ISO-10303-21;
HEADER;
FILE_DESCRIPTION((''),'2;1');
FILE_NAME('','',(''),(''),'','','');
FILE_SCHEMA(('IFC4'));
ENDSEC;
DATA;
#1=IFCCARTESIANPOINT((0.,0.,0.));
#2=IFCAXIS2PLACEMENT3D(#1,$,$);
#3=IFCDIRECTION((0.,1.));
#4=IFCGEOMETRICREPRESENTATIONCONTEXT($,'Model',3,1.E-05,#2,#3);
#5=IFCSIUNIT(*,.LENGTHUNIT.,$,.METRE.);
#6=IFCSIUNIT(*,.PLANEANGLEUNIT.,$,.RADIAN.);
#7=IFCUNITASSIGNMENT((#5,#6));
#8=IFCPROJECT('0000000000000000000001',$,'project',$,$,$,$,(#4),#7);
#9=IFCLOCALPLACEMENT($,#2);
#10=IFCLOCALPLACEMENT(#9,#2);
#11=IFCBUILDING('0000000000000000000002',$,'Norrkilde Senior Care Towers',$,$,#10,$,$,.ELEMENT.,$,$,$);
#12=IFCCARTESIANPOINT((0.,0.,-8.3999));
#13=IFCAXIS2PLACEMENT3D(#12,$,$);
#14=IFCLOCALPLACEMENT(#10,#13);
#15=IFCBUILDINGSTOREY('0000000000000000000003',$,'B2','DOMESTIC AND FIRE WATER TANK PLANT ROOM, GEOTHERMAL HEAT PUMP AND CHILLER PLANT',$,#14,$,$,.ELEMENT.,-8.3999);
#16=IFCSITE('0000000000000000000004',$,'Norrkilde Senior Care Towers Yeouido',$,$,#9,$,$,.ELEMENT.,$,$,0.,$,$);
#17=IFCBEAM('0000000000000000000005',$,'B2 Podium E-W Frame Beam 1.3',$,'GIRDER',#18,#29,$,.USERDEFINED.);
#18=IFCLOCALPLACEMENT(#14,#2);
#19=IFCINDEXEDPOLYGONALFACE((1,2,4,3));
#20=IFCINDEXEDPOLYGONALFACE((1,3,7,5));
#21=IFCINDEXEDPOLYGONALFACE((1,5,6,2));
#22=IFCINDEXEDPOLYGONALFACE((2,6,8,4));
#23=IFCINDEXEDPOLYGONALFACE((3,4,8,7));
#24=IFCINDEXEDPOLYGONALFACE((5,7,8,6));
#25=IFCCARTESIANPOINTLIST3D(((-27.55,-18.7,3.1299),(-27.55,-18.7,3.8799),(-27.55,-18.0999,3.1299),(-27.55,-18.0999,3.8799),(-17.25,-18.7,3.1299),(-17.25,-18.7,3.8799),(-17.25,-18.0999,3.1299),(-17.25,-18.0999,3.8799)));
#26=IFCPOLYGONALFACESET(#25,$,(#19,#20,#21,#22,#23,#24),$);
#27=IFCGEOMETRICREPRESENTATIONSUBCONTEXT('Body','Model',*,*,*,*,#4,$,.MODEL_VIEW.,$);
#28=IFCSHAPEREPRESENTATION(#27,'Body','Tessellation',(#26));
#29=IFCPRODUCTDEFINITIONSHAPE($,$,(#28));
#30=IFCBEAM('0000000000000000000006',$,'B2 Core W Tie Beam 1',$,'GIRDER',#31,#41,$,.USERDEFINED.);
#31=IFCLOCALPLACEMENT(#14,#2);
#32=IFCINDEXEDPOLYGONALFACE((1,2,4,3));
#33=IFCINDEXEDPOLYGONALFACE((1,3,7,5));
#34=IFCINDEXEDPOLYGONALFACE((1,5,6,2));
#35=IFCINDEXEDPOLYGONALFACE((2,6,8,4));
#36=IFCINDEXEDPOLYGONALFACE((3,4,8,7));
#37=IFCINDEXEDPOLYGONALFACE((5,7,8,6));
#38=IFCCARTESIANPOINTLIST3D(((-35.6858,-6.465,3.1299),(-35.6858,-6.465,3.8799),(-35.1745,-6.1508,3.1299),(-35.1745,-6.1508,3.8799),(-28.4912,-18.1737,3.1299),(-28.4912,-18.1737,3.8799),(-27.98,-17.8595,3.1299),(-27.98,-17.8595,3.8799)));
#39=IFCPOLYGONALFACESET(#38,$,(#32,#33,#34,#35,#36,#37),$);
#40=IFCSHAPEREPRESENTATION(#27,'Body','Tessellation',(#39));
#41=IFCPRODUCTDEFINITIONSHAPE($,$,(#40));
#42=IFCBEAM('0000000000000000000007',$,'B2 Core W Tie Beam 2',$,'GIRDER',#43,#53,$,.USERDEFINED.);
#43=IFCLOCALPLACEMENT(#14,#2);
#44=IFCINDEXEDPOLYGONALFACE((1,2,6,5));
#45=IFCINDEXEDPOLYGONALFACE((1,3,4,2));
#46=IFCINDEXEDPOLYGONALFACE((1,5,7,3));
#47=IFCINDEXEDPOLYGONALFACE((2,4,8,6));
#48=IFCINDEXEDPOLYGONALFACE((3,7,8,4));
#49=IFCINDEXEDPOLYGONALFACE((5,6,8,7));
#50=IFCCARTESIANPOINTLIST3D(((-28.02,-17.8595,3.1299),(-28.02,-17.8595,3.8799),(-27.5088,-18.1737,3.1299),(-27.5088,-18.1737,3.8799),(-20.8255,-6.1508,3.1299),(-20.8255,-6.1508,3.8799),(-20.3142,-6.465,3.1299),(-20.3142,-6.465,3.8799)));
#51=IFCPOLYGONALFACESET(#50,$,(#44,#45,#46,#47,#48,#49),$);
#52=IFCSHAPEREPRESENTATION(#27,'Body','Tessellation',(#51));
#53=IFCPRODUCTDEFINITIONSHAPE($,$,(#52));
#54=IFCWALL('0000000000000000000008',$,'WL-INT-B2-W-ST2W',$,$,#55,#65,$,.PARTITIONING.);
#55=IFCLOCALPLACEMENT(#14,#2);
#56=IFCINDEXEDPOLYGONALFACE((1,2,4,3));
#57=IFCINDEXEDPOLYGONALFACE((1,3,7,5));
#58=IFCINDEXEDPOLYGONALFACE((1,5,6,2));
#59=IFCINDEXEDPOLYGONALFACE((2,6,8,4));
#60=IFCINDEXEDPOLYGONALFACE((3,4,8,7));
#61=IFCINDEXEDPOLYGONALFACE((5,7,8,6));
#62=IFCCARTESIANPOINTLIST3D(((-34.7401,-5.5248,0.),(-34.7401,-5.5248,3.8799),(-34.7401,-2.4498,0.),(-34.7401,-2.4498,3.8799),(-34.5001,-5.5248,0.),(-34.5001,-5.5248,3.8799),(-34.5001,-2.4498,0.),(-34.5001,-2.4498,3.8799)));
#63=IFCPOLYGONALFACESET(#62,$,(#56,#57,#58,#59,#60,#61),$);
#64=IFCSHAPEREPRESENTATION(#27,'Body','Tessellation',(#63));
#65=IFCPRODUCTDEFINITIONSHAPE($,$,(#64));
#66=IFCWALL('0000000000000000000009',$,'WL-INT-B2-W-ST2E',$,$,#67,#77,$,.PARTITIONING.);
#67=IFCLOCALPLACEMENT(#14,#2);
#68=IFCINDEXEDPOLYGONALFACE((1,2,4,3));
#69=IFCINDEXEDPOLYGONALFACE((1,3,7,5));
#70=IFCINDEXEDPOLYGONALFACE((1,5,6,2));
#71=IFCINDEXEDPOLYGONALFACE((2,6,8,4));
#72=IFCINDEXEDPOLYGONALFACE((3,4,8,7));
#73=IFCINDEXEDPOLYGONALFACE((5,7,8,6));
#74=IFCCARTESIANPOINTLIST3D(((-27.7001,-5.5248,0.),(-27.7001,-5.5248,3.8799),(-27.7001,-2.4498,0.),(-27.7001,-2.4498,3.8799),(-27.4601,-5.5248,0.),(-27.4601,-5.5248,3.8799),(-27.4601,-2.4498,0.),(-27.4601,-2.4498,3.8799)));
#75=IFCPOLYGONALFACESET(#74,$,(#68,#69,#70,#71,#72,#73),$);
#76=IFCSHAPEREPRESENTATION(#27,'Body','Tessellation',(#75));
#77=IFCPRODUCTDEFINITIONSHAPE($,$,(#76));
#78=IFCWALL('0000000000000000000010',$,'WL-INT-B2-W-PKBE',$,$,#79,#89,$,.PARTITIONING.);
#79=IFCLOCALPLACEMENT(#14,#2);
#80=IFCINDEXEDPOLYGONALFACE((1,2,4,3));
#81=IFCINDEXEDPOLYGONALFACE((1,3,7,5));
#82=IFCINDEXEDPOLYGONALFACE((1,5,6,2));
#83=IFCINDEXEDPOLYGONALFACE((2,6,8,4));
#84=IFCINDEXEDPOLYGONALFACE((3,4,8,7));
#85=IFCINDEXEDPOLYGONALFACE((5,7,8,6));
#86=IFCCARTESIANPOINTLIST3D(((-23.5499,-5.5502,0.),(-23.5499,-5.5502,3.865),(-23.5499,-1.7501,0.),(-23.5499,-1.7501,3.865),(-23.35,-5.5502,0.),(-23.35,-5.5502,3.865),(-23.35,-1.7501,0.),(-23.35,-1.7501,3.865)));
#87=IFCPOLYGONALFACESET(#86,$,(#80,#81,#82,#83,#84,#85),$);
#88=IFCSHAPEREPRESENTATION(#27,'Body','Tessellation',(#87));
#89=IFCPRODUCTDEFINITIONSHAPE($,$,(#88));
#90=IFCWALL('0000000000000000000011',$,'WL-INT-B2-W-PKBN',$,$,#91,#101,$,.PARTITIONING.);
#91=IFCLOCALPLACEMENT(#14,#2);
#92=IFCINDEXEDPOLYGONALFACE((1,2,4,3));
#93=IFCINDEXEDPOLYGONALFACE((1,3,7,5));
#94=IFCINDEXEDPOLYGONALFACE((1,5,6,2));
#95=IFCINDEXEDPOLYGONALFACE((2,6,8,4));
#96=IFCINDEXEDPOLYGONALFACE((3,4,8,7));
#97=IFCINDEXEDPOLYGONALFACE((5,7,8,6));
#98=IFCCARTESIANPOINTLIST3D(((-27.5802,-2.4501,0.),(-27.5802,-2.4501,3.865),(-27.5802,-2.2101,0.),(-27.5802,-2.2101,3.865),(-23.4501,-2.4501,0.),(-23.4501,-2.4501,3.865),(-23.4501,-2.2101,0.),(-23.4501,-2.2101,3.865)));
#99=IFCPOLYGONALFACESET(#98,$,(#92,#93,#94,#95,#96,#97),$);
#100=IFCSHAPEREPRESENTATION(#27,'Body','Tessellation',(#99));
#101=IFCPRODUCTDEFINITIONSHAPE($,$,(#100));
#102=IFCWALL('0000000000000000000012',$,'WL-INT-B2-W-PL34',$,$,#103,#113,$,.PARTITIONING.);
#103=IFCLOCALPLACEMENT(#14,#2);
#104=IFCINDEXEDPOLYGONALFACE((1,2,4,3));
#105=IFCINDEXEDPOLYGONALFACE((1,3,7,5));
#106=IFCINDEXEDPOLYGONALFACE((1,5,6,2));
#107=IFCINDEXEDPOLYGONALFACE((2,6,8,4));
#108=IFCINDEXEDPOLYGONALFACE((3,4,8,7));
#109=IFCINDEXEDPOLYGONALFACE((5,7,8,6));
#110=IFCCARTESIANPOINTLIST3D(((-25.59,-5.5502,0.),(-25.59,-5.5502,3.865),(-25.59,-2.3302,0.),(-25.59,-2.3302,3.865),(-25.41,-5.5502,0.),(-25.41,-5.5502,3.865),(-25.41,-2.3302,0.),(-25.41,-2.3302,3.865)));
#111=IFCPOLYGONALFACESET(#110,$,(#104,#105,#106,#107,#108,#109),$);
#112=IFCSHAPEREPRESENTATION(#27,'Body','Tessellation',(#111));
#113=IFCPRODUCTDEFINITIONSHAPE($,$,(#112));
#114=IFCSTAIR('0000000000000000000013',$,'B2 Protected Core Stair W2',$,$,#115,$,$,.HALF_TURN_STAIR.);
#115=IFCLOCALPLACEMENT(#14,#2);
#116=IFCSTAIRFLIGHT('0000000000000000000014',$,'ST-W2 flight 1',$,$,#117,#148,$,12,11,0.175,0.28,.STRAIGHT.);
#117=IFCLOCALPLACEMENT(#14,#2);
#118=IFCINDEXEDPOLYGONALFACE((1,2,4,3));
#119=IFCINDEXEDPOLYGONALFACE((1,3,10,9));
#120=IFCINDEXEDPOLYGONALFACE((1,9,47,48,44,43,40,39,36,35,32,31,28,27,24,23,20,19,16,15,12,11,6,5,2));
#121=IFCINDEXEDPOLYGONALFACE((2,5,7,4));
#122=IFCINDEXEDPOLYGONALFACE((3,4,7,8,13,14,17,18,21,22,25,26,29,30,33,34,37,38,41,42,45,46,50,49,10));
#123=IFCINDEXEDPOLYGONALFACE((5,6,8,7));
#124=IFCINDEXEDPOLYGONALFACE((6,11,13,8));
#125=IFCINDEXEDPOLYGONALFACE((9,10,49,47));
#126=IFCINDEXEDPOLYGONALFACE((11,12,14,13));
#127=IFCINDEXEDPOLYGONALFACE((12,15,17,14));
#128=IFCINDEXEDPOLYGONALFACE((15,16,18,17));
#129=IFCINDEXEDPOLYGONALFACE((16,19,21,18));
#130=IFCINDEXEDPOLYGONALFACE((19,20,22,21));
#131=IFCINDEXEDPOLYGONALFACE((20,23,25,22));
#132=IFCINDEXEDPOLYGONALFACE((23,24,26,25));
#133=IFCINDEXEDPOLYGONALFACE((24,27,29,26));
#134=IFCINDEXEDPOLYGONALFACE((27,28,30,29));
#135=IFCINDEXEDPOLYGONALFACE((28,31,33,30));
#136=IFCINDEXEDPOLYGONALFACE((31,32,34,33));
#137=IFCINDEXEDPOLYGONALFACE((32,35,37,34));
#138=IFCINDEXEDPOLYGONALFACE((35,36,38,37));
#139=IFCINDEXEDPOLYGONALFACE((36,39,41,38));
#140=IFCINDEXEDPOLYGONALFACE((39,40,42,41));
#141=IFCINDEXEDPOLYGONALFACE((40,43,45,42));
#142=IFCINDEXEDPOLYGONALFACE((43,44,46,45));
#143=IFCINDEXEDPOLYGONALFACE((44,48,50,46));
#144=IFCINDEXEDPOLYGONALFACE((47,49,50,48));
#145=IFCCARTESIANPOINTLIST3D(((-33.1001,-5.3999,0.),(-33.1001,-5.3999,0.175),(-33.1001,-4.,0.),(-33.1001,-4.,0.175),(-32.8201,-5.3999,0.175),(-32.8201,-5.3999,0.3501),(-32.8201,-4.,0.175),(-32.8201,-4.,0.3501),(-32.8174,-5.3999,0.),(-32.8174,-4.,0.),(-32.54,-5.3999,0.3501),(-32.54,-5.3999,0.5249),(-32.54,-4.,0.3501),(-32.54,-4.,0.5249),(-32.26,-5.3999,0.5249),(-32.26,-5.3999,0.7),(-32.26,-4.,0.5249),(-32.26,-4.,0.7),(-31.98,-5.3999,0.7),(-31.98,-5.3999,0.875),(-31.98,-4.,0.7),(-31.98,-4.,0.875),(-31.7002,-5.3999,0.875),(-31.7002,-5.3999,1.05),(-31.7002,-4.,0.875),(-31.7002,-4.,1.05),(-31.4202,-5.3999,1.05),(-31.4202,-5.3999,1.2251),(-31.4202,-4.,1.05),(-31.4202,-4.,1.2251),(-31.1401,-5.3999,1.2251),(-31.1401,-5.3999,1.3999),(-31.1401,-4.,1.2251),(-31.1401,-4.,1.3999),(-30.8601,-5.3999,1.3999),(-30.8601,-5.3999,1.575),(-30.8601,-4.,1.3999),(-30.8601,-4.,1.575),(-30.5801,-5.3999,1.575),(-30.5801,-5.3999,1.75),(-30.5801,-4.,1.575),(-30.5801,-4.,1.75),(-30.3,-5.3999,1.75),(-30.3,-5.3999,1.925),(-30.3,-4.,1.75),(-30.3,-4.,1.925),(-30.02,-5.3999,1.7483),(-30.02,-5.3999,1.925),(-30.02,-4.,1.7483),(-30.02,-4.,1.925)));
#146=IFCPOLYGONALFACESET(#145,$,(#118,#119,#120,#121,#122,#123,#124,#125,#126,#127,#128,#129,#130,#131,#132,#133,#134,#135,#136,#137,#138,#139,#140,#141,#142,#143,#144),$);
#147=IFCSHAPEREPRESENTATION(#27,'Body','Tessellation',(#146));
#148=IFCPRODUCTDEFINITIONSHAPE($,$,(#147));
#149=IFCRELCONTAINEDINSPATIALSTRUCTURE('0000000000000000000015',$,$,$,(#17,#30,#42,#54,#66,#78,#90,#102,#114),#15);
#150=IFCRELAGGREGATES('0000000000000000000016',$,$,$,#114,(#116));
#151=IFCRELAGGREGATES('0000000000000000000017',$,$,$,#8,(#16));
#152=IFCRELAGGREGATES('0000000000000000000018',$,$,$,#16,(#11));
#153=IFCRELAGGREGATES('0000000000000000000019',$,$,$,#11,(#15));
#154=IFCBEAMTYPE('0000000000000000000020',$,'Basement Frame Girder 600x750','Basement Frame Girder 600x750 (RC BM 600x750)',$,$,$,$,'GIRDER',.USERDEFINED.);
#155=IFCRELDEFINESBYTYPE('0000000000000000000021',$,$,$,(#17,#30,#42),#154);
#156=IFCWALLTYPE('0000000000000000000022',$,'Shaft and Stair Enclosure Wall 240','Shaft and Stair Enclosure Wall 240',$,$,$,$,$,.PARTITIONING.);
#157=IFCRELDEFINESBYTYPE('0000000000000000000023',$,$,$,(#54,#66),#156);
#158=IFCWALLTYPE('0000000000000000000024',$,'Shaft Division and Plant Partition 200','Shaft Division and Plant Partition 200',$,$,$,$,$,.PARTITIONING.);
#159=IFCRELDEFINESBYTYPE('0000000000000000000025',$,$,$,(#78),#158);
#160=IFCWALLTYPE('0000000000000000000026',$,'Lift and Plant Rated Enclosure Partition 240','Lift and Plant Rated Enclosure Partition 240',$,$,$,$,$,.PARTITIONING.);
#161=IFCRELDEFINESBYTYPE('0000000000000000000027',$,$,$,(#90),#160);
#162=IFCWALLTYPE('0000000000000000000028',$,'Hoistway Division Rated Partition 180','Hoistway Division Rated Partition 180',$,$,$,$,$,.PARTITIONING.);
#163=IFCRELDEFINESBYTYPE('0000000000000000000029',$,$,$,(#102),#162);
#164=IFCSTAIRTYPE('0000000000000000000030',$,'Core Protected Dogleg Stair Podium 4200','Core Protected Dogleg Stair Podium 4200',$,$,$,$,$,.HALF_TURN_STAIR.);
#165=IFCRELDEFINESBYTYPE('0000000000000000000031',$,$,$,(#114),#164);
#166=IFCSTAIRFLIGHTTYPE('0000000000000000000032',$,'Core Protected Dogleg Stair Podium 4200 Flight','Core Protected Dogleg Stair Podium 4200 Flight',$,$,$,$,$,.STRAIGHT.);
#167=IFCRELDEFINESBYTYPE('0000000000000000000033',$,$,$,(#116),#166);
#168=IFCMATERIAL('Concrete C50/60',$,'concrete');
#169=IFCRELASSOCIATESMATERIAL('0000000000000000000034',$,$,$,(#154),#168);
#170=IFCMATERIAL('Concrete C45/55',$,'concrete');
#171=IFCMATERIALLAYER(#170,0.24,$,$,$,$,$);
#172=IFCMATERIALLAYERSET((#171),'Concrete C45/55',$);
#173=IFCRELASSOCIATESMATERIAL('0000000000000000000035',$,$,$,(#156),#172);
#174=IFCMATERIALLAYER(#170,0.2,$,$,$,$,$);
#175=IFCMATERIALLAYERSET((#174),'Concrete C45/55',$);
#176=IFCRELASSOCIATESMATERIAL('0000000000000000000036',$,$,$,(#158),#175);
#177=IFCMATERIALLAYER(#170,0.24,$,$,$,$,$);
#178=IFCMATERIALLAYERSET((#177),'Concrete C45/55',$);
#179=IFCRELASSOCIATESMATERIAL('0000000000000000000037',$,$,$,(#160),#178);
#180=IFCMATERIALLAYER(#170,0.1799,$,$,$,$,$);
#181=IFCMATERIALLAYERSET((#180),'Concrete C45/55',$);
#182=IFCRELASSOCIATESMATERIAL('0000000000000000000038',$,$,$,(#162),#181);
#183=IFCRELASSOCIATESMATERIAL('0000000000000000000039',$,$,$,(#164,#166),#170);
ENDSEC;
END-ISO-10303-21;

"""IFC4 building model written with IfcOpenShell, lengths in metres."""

from ifc_helpers import new_model, si_unit, direction, frame, frame_2d, origin, origin_2d, place, context, subcontext, project, spatial, polyline, rectangle, outline, extrude, source, transform, mapped, material, layer, layer_set, material_profile, profile_set, type_object, type_shapes, element, aggregate, save


model = new_model("IFC4")

# Units and contexts
model_context = context("Model", 3, precision=1e-05, world=origin(), true_north=direction((0.0, 1.0)))
body_context = subcontext(model_context, "Body", "Model", "MODEL_VIEW")
ifc_project = project(units=[si_unit("LENGTHUNIT", "METRE"), si_unit("PLANEANGLEUNIT", "RADIAN")], contexts=[model_context])

# Site, building, storey
site_placement = place(None, origin())
site = spatial("IfcSite", under=ifc_project, at=site_placement, Name="Norrkilde Senior Care Towers Yeouido", CompositionType="ELEMENT", RefElevation=0.0)
building_placement = place(site_placement, origin())
building = spatial("IfcBuilding", under=site, at=building_placement, Name="Norrkilde Senior Care Towers", CompositionType="ELEMENT")
storey_placement = place(building_placement, frame((0.0, 0.0, -8.3999)))
storey = spatial("IfcBuildingStorey", under=building, at=storey_placement, Name="B2", Description="DOMESTIC AND FIRE WATER TANK PLANT ROOM, GEOTHERMAL HEAT PUMP AND CHILLER PLANT", CompositionType="ELEMENT", Elevation=-8.3999)

# Shared definitions
ifc_material_1 = material(Name="Concrete C45/55", Category="concrete")

# Beams
ifc_material_2 = material(Name="Concrete C50/60", Category="concrete")
ifc_material_profile_1 = material_profile(ifc_material_2, rectangle(XDim=0.6001, YDim=0.75, at=origin_2d()), Name="RC BM 600x750")
ifc_profile_set_1 = profile_set([ifc_material_profile_1], Name="Concrete C50/60")
beam_type = type_object("IfcBeamType", Name="Basement Frame Girder 600x750", Description="Basement Frame Girder 600x750 (RC BM 600x750)", ElementType="GIRDER", PredefinedType="USERDEFINED", material=ifc_profile_set_1)
shared_shape_1 = source(origin(), body_context, "Body", "SweptSolid", [
    extrude(rectangle(XDim=0.6001, YDim=0.75, at=origin_2d()), origin(), (0.0, 0.0, 1.0), 10.3),
])
beam_placement = place(storey_placement, frame((-27.55, -18.3999, 3.5049), z_axis=(1.0, 0.0, 0.0), x_axis=(0.0, 1.0, 0.0)))
element("IfcBeam", 1, at=beam_placement, inside=storey, type_object=beam_type, Name="B2 Podium E-W Frame Beam 1.3", ObjectType="GIRDER", PredefinedType="USERDEFINED", context=body_context, shape_type="MappedRepresentation", body=[
    mapped(shared_shape_1, transform((0.0, 0.0, 0.0), x_axis=(1.0, 0.0, 0.0), y_axis=(0.0, 1.0, 0.0), z_axis=(0.0, 0.0, 1.0), scale=1.0)),
])
shared_shape_2 = source(origin(), body_context, "Body", "SweptSolid", [
    extrude(rectangle(XDim=0.6001, YDim=0.75, at=origin_2d()), origin(), (0.0, 0.0, 1.0), 13.7424),
])
type_shapes(beam_type, [shared_shape_1, shared_shape_2])
for number, where, z_axis, x_axis, name in (
    (2, (-28.2356, -18.0166, 3.5049), (-0.523527, 0.852009, 0.0), (-0.852009, -0.523527, 0.0), "B2 Core W Tie Beam 1"),
    (3, (-27.7644, -18.0166, 3.5049), (0.523527, 0.852009, 0.0), (-0.852009, 0.523527, 0.0), "B2 Core W Tie Beam 2"),
):
    element("IfcBeam", number, at=place(storey_placement, frame(where, z_axis=z_axis, x_axis=x_axis)), inside=storey, type_object=beam_type, Name=name, ObjectType="GIRDER", PredefinedType="USERDEFINED", context=body_context, shape_type="MappedRepresentation", body=[
        mapped(shared_shape_2, transform((0.0, 0.0, 0.0), x_axis=(1.0, 0.0, 0.0), y_axis=(0.0, 1.0, 0.0), z_axis=(0.0, 0.0, 1.0), scale=1.0)),
    ])

# Walls
ifc_layer_1 = layer(ifc_material_1, 0.24)
ifc_layer_set_1 = layer_set([ifc_layer_1], Name="Concrete C45/55")
wall_type_1 = type_object("IfcWallType", Name="Shaft and Stair Enclosure Wall 240", Description="Shaft and Stair Enclosure Wall 240", PredefinedType="PARTITIONING", material=ifc_layer_set_1)
shared_shape_3 = source(origin(), body_context, "Body", "SweptSolid", [
    extrude(rectangle(XDim=3.075, YDim=0.24, at=frame_2d((1.5376, 0.0))), origin(), (0.0, 0.0, 1.0), 3.8799),
])
type_shapes(wall_type_1, [shared_shape_3])
for number, where, z_axis, x_axis, name in (
    (4, (-34.6201, -5.5249, 0.0), (0.0, 0.0, 1.0), (0.0, 1.0, 0.0), "WL-INT-B2-W-ST2W"),
    (5, (-27.5801, -5.5249, 0.0), (0.0, 0.0, 1.0), (0.0, 1.0, 0.0), "WL-INT-B2-W-ST2E"),
):
    element("IfcWall", number, at=place(storey_placement, frame(where, z_axis=z_axis, x_axis=x_axis)), inside=storey, type_object=wall_type_1, Name=name, PredefinedType="PARTITIONING", context=body_context, shape_type="MappedRepresentation", body=[
        mapped(shared_shape_3, transform((0.0, 0.0, 0.0), x_axis=(1.0, 0.0, 0.0), y_axis=(0.0, 1.0, 0.0), z_axis=(0.0, 0.0, 1.0), scale=1.0)),
    ])
ifc_layer_2 = layer(ifc_material_1, 0.2)
ifc_layer_set_2 = layer_set([ifc_layer_2], Name="Concrete C45/55")
wall_type_2 = type_object("IfcWallType", Name="Shaft Division and Plant Partition 200", Description="Shaft Division and Plant Partition 200", PredefinedType="PARTITIONING", material=ifc_layer_set_2)
shared_shape_4 = source(origin(), body_context, "Body", "SweptSolid", [
    extrude(rectangle(XDim=3.8, YDim=0.2, at=frame_2d((1.8999, 0.0))), origin(), (0.0, 0.0, 1.0), 3.865),
])
type_shapes(wall_type_2, [shared_shape_4])
wall_1_placement = place(storey_placement, frame((-23.45, -5.55, 0.0), z_axis=(0.0, 0.0, 1.0), x_axis=(0.0, 1.0, 0.0)))
element("IfcWall", 6, at=wall_1_placement, inside=storey, type_object=wall_type_2, Name="WL-INT-B2-W-PKBE", PredefinedType="PARTITIONING", context=body_context, shape_type="MappedRepresentation", body=[
    mapped(shared_shape_4, transform((0.0, 0.0, 0.0), x_axis=(1.0, 0.0, 0.0), y_axis=(0.0, 1.0, 0.0), z_axis=(0.0, 0.0, 1.0), scale=1.0)),
])
ifc_layer_3 = layer(ifc_material_1, 0.24)
ifc_layer_set_3 = layer_set([ifc_layer_3], Name="Concrete C45/55")
wall_type_3 = type_object("IfcWallType", Name="Lift and Plant Rated Enclosure Partition 240", Description="Lift and Plant Rated Enclosure Partition 240", PredefinedType="PARTITIONING", material=ifc_layer_set_3)
shared_shape_5 = source(origin(), body_context, "Body", "SweptSolid", [
    extrude(rectangle(XDim=4.1301, YDim=0.24, at=frame_2d((2.0649, 0.0))), origin(), (0.0, 0.0, 1.0), 3.865),
])
type_shapes(wall_type_3, [shared_shape_5])
wall_2_placement = place(storey_placement, frame((-27.5801, -2.3301, 0.0), z_axis=(0.0, 0.0, 1.0), x_axis=(1.0, 0.0, 0.0)))
element("IfcWall", 7, at=wall_2_placement, inside=storey, type_object=wall_type_3, Name="WL-INT-B2-W-PKBN", PredefinedType="PARTITIONING", context=body_context, shape_type="MappedRepresentation", body=[
    mapped(shared_shape_5, transform((0.0, 0.0, 0.0), x_axis=(1.0, 0.0, 0.0), y_axis=(0.0, 1.0, 0.0), z_axis=(0.0, 0.0, 1.0), scale=1.0)),
])
ifc_layer_4 = layer(ifc_material_1, 0.1799)
ifc_layer_set_4 = layer_set([ifc_layer_4], Name="Concrete C45/55")
wall_type_4 = type_object("IfcWallType", Name="Hoistway Division Rated Partition 180", Description="Hoistway Division Rated Partition 180", PredefinedType="PARTITIONING", material=ifc_layer_set_4)
shared_shape_6 = source(origin(), body_context, "Body", "SweptSolid", [
    extrude(rectangle(XDim=3.22, YDim=0.1799, at=frame_2d((1.6099, 0.0))), origin(), (0.0, 0.0, 1.0), 3.865),
])
type_shapes(wall_type_4, [shared_shape_6])
wall_3_placement = place(storey_placement, frame((-25.5, -5.55, 0.0), z_axis=(0.0, 0.0, 1.0), x_axis=(0.0, 1.0, 0.0)))
element("IfcWall", 8, at=wall_3_placement, inside=storey, type_object=wall_type_4, Name="WL-INT-B2-W-PL34", PredefinedType="PARTITIONING", context=body_context, shape_type="MappedRepresentation", body=[
    mapped(shared_shape_6, transform((0.0, 0.0, 0.0), x_axis=(1.0, 0.0, 0.0), y_axis=(0.0, 1.0, 0.0), z_axis=(0.0, 0.0, 1.0), scale=1.0)),
])

# Stair, stair flight
stair_type = type_object("IfcStairType", Name="Core Protected Dogleg Stair Podium 4200", Description="Core Protected Dogleg Stair Podium 4200", PredefinedType="HALF_TURN_STAIR", material=ifc_material_1)
stair_placement = place(storey_placement, origin())
stair = element("IfcStair", 9, at=stair_placement, inside=storey, type_object=stair_type, Name="B2 Protected Core Stair W2", PredefinedType="HALF_TURN_STAIR")
stair_flight_type = type_object("IfcStairFlightType", Name="Core Protected Dogleg Stair Podium 4200 Flight", Description="Core Protected Dogleg Stair Podium 4200 Flight", PredefinedType="STRAIGHT", material=ifc_material_1)
stair_flight_1_placement = place(storey_placement, frame((-33.1001, -4.7, 0.0), z_axis=(0.0, 0.0, 1.0), x_axis=(1.0, 0.0, 0.0)))
stair_flight_1 = element("IfcStairFlight", 10, at=stair_flight_1_placement, type_object=stair_flight_type, Name="ST-W2 flight 1", NumberOfRisers=12, NumberOfTreads=11, PredefinedType="STRAIGHT", RiserHeight=0.175, TreadLength=0.28, context=body_context, shape_type="SweptSolid", body=[
    extrude(outline(polyline([(0.0, 0.0), (0.0, 0.175), (0.28, 0.175), (0.28, 0.3501), (0.5601, 0.3501), (0.5601, 0.5249), (0.8401, 0.5249), (0.8401, 0.7), (1.1201, 0.7), (1.1201, 0.875), (1.3999, 0.875), (1.3999, 1.05), (1.6799, 1.05), (1.6799, 1.2251), (1.96, 1.2251), (1.96, 1.3999), (2.24, 1.3999), (2.24, 1.575), (2.52, 1.575), (2.52, 1.75), (2.8, 1.75), (2.8, 1.925), (3.0801, 1.925), (3.0801, 2.1001), (3.0801, 1.7483), (0.2827, 0.0), (0.0, 0.0)])), frame((0.0, 0.7, 0.0), z_axis=(0.0, -1.0, 0.0), x_axis=(1.0, 0.0, 0.0)), (0.0, 0.0, 1.0), 1.3999),
])
aggregate(stair, [stair_flight_1])

save(model, "model.ifc")
